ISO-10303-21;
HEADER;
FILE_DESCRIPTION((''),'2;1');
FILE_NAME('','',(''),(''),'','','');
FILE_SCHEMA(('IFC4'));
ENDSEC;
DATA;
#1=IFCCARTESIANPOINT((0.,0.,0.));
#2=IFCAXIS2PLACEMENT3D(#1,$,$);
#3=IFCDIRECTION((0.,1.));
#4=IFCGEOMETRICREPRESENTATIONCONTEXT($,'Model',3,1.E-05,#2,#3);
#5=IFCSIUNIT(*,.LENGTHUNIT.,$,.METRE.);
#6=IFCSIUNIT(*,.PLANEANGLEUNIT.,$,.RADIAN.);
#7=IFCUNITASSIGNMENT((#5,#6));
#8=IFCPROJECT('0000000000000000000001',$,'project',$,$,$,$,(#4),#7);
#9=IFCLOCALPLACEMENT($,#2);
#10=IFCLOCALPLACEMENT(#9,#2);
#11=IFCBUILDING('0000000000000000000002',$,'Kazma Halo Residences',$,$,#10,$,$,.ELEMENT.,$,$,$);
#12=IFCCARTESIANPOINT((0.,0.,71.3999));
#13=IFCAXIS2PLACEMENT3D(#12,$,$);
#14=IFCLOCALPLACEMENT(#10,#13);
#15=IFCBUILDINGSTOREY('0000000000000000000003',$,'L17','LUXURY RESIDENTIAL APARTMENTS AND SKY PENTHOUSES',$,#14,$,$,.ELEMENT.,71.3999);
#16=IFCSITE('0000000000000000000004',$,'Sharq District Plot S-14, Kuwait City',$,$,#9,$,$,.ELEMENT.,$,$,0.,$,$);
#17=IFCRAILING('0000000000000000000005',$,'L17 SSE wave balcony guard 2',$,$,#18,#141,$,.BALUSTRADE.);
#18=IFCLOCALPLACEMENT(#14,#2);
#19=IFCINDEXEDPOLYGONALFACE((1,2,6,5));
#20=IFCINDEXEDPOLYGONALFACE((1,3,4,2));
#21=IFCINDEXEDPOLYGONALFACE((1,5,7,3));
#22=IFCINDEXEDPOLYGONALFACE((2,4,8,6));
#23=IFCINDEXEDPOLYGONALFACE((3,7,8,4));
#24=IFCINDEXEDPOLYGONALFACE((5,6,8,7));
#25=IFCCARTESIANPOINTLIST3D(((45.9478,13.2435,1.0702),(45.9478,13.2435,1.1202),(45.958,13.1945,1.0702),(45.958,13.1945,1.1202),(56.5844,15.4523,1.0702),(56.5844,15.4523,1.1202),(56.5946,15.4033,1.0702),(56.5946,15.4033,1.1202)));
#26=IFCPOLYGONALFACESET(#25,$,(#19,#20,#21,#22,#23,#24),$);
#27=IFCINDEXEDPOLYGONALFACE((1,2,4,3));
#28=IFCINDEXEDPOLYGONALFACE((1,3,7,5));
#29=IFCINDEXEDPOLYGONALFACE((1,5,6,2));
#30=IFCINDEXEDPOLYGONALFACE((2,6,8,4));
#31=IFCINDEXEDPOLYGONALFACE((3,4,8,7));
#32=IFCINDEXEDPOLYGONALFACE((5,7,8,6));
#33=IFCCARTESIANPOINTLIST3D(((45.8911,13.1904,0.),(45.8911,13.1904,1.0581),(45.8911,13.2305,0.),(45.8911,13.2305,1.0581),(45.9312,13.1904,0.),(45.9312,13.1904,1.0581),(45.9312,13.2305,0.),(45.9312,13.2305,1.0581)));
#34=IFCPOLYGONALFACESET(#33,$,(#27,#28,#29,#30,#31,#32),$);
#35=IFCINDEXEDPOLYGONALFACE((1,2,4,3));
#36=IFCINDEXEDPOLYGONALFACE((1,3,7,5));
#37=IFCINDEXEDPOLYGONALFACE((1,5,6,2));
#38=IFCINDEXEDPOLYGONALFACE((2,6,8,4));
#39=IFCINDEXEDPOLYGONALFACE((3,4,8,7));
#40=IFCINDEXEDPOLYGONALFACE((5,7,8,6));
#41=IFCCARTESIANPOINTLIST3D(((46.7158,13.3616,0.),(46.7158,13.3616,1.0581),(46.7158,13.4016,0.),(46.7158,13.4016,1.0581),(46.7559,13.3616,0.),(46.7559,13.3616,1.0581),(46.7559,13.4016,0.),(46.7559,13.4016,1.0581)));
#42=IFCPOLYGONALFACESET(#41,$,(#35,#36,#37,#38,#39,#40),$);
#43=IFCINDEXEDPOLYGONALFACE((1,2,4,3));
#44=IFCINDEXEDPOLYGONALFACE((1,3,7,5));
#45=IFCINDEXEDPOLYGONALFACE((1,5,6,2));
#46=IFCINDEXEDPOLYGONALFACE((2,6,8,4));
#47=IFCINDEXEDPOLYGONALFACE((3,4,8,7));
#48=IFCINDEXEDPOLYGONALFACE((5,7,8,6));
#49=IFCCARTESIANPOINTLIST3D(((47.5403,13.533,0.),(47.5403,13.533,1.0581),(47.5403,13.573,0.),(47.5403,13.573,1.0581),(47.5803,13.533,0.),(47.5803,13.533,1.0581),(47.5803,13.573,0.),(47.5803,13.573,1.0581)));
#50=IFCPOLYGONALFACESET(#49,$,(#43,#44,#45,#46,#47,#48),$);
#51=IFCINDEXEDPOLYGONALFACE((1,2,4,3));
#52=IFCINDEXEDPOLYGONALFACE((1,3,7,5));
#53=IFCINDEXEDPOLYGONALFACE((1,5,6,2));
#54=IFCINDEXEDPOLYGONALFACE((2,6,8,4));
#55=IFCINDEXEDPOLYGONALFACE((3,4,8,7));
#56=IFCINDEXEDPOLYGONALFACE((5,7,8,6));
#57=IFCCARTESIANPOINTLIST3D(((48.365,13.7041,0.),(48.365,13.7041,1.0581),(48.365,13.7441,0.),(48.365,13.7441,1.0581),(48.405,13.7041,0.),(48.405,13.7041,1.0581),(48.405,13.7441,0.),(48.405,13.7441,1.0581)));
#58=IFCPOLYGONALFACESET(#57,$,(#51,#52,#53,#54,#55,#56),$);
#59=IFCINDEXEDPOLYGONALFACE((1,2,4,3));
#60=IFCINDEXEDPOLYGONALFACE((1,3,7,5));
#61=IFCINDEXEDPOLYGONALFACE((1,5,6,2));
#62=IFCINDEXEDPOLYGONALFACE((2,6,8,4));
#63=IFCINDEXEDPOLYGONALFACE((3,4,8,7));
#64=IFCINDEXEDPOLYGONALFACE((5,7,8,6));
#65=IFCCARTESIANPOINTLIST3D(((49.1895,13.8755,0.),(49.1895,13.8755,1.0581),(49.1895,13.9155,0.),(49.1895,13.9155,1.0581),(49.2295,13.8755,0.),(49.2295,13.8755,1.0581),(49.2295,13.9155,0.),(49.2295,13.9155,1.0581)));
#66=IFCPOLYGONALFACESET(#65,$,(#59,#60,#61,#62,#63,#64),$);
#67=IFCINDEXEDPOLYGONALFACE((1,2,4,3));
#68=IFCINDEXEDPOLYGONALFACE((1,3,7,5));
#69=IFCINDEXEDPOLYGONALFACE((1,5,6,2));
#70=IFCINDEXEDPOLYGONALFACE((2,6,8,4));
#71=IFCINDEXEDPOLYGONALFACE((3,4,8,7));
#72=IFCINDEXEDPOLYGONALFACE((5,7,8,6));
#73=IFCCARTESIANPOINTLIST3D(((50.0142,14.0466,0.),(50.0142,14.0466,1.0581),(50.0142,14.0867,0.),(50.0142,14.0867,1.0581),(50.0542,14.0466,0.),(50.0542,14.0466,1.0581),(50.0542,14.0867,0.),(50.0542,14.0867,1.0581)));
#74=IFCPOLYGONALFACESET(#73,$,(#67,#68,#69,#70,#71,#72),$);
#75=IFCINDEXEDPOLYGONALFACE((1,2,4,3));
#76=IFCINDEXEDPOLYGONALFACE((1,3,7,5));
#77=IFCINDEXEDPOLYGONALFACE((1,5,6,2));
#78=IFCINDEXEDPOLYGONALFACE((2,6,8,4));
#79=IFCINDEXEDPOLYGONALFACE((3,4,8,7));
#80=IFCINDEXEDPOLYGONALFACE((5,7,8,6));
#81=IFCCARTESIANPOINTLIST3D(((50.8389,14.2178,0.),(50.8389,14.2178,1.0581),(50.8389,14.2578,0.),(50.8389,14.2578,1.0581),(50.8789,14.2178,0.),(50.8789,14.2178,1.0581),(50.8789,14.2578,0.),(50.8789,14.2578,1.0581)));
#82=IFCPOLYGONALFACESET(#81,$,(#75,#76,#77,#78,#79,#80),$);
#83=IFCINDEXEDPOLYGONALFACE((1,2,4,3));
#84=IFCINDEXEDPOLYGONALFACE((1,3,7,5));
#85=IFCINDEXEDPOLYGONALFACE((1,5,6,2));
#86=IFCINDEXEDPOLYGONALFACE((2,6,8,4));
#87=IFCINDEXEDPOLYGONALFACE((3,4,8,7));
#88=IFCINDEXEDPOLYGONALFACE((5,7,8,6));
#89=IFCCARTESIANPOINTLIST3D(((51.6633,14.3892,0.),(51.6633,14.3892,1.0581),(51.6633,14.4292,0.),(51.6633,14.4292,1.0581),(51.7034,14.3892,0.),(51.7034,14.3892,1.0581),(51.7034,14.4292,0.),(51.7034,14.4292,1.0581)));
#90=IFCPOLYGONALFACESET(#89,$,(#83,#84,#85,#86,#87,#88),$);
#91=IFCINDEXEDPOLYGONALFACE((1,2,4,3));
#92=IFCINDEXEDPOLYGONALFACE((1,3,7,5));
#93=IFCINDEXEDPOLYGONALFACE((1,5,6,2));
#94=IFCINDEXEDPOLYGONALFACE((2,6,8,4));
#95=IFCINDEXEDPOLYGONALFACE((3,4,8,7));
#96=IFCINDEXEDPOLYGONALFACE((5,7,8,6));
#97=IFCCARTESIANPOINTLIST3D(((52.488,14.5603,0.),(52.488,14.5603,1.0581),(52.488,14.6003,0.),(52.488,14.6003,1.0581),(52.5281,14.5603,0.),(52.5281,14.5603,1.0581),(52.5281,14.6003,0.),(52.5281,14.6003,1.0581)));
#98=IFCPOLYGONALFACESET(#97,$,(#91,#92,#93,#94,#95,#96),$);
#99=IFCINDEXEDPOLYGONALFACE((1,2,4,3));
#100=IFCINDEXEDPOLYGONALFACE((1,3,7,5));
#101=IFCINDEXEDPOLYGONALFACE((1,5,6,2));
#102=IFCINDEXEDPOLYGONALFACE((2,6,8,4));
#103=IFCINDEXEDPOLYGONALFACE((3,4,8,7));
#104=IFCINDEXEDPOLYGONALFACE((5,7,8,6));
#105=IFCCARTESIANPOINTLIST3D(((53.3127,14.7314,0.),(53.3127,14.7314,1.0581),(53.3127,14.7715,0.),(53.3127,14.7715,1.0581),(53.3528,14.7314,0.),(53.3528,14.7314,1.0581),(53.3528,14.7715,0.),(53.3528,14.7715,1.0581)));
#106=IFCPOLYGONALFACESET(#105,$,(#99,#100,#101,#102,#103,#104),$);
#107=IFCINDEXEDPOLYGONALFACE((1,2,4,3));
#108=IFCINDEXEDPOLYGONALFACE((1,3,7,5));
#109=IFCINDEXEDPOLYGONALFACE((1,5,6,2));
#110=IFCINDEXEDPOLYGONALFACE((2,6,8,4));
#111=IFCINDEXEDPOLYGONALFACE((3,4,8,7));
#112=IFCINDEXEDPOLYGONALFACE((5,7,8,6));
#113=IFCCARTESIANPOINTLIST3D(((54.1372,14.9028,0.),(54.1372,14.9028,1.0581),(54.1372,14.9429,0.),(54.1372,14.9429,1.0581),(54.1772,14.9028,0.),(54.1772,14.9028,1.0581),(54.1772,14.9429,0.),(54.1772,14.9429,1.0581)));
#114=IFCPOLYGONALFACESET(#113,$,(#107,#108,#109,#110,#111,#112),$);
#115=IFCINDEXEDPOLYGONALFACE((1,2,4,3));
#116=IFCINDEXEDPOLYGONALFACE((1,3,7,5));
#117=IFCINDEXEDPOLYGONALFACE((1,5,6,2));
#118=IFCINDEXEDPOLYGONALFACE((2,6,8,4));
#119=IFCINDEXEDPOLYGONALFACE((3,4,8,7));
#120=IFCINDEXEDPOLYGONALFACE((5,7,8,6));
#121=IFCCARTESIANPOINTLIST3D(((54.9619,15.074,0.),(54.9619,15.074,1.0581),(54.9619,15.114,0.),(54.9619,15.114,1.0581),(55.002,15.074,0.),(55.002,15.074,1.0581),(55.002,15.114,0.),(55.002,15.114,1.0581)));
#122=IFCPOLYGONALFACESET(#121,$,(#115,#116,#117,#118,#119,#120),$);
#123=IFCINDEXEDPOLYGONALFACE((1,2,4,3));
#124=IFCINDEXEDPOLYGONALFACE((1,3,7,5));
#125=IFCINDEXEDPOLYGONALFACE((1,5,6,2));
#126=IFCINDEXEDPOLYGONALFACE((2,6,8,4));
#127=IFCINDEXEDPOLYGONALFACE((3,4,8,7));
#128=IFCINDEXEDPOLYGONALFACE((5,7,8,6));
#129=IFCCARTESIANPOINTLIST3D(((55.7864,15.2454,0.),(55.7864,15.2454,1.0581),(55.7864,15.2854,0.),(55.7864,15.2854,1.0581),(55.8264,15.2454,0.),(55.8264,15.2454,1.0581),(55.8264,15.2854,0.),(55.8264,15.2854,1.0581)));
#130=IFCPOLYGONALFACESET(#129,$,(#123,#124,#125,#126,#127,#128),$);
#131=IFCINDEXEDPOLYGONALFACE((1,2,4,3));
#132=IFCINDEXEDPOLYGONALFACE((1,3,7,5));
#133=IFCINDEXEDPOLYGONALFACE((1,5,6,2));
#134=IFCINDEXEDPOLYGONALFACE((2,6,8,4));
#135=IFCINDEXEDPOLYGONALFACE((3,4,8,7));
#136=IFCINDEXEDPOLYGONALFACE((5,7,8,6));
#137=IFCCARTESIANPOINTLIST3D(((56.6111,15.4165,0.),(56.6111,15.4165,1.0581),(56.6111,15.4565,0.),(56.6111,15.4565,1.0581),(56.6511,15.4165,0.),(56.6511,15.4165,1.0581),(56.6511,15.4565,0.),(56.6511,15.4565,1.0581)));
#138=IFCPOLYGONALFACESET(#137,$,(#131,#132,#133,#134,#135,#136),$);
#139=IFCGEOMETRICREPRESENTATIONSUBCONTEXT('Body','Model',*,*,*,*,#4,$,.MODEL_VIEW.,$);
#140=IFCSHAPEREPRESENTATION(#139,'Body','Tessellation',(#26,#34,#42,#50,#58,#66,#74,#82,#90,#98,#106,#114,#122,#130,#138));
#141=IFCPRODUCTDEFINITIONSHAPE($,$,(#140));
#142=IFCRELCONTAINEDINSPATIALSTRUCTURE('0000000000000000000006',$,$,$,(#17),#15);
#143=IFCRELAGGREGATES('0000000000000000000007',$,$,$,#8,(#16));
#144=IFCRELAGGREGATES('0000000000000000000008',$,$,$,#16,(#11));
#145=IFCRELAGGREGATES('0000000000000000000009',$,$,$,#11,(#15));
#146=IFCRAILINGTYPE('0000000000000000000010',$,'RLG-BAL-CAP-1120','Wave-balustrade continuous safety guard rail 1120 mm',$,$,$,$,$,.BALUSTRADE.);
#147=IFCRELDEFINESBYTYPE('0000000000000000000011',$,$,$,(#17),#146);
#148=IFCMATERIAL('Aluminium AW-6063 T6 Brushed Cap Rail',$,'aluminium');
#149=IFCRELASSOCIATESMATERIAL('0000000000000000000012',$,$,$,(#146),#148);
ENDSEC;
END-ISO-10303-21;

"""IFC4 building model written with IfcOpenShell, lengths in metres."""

from ifc_helpers import new_model, si_unit, direction, frame, origin, origin_2d, place, context, subcontext, project, spatial, rectangle, extrude, material, type_object, element, save


model = new_model("IFC4")

# Units and contexts
model_context = context("Model", 3, precision=1e-05, world=origin(), true_north=direction((0.0, 1.0)))
body_context = subcontext(model_context, "Body", "Model", "MODEL_VIEW")
ifc_project = project(units=[si_unit("LENGTHUNIT", "METRE"), si_unit("PLANEANGLEUNIT", "RADIAN")], contexts=[model_context])

# Site, building, storey
site_placement = place(None, origin())
site = spatial("IfcSite", under=ifc_project, at=site_placement, Name="Sharq District Plot S-14, Kuwait City", CompositionType="ELEMENT", RefElevation=0.0)
building_placement = place(site_placement, origin())
building = spatial("IfcBuilding", under=site, at=building_placement, Name="Kazma Halo Residences", CompositionType="ELEMENT")
storey_placement = place(building_placement, frame((0.0, 0.0, 71.3999)))
storey = spatial("IfcBuildingStorey", under=building, at=storey_placement, Name="L17", Description="LUXURY RESIDENTIAL APARTMENTS AND SKY PENTHOUSES", CompositionType="ELEMENT", Elevation=71.3999)

# Railing
ifc_material_1 = material(Name="Aluminium AW-6063 T6 Brushed Cap Rail", Category="aluminium")
railing_type = type_object("IfcRailingType", Name="RLG-BAL-CAP-1120", Description="Wave-balustrade continuous safety guard rail 1120 mm", PredefinedType="BALUSTRADE", material=ifc_material_1)
railing_1_placement = place(storey_placement, frame((45.9111, 13.2104, 0.0)))
element("IfcRailing", 1, at=railing_1_placement, inside=storey, type_object=railing_type, Name="L17 SSE wave balcony guard 2", PredefinedType="BALUSTRADE", context=body_context, shape_type="SweptSolid", body=[
    extrude(rectangle(XDim=0.05, YDim=0.05, at=origin_2d()), frame((0.0417, 0.0085, 1.0952), z_axis=(0.979112, 0.203319, 0.0), x_axis=(-0.203319, 0.979112, 0.0)), (0.0, 0.0, 1.0), 10.8635),
    extrude(rectangle(XDim=0.04, YDim=0.04, at=origin_2d()), origin(), (0.0, 0.0, 1.0), 1.0581),
    extrude(rectangle(XDim=0.04, YDim=0.04, at=origin_2d()), frame((0.8247, 0.1711, 0.0)), (0.0, 0.0, 1.0), 1.0581),
    extrude(rectangle(XDim=0.04, YDim=0.04, at=origin_2d()), frame((1.6492, 0.3425, 0.0)), (0.0, 0.0, 1.0), 1.0581),
    extrude(rectangle(XDim=0.04, YDim=0.04, at=origin_2d()), frame((2.4739, 0.5137, 0.0)), (0.0, 0.0, 1.0), 1.0581),
    extrude(rectangle(XDim=0.04, YDim=0.04, at=origin_2d()), frame((3.2983, 0.6851, 0.0)), (0.0, 0.0, 1.0), 1.0581),
    extrude(rectangle(XDim=0.04, YDim=0.04, at=origin_2d()), frame((4.123, 0.8562, 0.0)), (0.0, 0.0, 1.0), 1.0581),
    extrude(rectangle(XDim=0.04, YDim=0.04, at=origin_2d()), frame((4.9478, 1.0273, 0.0)), (0.0, 0.0, 1.0), 1.0581),
    extrude(rectangle(XDim=0.04, YDim=0.04, at=origin_2d()), frame((5.7722, 1.1987, 0.0)), (0.0, 0.0, 1.0), 1.0581),
    extrude(rectangle(XDim=0.04, YDim=0.04, at=origin_2d()), frame((6.5969, 1.3699, 0.0)), (0.0, 0.0, 1.0), 1.0581),
    extrude(rectangle(XDim=0.04, YDim=0.04, at=origin_2d()), frame((7.4216, 1.541, 0.0)), (0.0, 0.0, 1.0), 1.0581),
    extrude(rectangle(XDim=0.04, YDim=0.04, at=origin_2d()), frame((8.2461, 1.7124, 0.0)), (0.0, 0.0, 1.0), 1.0581),
    extrude(rectangle(XDim=0.04, YDim=0.04, at=origin_2d()), frame((9.0708, 1.8835, 0.0)), (0.0, 0.0, 1.0), 1.0581),
    extrude(rectangle(XDim=0.04, YDim=0.04, at=origin_2d()), frame((9.8953, 2.0549, 0.0)), (0.0, 0.0, 1.0), 1.0581),
    extrude(rectangle(XDim=0.04, YDim=0.04, at=origin_2d()), frame((10.72, 2.2261, 0.0)), (0.0, 0.0, 1.0), 1.0581),
])

save(model, "model.ifc")
